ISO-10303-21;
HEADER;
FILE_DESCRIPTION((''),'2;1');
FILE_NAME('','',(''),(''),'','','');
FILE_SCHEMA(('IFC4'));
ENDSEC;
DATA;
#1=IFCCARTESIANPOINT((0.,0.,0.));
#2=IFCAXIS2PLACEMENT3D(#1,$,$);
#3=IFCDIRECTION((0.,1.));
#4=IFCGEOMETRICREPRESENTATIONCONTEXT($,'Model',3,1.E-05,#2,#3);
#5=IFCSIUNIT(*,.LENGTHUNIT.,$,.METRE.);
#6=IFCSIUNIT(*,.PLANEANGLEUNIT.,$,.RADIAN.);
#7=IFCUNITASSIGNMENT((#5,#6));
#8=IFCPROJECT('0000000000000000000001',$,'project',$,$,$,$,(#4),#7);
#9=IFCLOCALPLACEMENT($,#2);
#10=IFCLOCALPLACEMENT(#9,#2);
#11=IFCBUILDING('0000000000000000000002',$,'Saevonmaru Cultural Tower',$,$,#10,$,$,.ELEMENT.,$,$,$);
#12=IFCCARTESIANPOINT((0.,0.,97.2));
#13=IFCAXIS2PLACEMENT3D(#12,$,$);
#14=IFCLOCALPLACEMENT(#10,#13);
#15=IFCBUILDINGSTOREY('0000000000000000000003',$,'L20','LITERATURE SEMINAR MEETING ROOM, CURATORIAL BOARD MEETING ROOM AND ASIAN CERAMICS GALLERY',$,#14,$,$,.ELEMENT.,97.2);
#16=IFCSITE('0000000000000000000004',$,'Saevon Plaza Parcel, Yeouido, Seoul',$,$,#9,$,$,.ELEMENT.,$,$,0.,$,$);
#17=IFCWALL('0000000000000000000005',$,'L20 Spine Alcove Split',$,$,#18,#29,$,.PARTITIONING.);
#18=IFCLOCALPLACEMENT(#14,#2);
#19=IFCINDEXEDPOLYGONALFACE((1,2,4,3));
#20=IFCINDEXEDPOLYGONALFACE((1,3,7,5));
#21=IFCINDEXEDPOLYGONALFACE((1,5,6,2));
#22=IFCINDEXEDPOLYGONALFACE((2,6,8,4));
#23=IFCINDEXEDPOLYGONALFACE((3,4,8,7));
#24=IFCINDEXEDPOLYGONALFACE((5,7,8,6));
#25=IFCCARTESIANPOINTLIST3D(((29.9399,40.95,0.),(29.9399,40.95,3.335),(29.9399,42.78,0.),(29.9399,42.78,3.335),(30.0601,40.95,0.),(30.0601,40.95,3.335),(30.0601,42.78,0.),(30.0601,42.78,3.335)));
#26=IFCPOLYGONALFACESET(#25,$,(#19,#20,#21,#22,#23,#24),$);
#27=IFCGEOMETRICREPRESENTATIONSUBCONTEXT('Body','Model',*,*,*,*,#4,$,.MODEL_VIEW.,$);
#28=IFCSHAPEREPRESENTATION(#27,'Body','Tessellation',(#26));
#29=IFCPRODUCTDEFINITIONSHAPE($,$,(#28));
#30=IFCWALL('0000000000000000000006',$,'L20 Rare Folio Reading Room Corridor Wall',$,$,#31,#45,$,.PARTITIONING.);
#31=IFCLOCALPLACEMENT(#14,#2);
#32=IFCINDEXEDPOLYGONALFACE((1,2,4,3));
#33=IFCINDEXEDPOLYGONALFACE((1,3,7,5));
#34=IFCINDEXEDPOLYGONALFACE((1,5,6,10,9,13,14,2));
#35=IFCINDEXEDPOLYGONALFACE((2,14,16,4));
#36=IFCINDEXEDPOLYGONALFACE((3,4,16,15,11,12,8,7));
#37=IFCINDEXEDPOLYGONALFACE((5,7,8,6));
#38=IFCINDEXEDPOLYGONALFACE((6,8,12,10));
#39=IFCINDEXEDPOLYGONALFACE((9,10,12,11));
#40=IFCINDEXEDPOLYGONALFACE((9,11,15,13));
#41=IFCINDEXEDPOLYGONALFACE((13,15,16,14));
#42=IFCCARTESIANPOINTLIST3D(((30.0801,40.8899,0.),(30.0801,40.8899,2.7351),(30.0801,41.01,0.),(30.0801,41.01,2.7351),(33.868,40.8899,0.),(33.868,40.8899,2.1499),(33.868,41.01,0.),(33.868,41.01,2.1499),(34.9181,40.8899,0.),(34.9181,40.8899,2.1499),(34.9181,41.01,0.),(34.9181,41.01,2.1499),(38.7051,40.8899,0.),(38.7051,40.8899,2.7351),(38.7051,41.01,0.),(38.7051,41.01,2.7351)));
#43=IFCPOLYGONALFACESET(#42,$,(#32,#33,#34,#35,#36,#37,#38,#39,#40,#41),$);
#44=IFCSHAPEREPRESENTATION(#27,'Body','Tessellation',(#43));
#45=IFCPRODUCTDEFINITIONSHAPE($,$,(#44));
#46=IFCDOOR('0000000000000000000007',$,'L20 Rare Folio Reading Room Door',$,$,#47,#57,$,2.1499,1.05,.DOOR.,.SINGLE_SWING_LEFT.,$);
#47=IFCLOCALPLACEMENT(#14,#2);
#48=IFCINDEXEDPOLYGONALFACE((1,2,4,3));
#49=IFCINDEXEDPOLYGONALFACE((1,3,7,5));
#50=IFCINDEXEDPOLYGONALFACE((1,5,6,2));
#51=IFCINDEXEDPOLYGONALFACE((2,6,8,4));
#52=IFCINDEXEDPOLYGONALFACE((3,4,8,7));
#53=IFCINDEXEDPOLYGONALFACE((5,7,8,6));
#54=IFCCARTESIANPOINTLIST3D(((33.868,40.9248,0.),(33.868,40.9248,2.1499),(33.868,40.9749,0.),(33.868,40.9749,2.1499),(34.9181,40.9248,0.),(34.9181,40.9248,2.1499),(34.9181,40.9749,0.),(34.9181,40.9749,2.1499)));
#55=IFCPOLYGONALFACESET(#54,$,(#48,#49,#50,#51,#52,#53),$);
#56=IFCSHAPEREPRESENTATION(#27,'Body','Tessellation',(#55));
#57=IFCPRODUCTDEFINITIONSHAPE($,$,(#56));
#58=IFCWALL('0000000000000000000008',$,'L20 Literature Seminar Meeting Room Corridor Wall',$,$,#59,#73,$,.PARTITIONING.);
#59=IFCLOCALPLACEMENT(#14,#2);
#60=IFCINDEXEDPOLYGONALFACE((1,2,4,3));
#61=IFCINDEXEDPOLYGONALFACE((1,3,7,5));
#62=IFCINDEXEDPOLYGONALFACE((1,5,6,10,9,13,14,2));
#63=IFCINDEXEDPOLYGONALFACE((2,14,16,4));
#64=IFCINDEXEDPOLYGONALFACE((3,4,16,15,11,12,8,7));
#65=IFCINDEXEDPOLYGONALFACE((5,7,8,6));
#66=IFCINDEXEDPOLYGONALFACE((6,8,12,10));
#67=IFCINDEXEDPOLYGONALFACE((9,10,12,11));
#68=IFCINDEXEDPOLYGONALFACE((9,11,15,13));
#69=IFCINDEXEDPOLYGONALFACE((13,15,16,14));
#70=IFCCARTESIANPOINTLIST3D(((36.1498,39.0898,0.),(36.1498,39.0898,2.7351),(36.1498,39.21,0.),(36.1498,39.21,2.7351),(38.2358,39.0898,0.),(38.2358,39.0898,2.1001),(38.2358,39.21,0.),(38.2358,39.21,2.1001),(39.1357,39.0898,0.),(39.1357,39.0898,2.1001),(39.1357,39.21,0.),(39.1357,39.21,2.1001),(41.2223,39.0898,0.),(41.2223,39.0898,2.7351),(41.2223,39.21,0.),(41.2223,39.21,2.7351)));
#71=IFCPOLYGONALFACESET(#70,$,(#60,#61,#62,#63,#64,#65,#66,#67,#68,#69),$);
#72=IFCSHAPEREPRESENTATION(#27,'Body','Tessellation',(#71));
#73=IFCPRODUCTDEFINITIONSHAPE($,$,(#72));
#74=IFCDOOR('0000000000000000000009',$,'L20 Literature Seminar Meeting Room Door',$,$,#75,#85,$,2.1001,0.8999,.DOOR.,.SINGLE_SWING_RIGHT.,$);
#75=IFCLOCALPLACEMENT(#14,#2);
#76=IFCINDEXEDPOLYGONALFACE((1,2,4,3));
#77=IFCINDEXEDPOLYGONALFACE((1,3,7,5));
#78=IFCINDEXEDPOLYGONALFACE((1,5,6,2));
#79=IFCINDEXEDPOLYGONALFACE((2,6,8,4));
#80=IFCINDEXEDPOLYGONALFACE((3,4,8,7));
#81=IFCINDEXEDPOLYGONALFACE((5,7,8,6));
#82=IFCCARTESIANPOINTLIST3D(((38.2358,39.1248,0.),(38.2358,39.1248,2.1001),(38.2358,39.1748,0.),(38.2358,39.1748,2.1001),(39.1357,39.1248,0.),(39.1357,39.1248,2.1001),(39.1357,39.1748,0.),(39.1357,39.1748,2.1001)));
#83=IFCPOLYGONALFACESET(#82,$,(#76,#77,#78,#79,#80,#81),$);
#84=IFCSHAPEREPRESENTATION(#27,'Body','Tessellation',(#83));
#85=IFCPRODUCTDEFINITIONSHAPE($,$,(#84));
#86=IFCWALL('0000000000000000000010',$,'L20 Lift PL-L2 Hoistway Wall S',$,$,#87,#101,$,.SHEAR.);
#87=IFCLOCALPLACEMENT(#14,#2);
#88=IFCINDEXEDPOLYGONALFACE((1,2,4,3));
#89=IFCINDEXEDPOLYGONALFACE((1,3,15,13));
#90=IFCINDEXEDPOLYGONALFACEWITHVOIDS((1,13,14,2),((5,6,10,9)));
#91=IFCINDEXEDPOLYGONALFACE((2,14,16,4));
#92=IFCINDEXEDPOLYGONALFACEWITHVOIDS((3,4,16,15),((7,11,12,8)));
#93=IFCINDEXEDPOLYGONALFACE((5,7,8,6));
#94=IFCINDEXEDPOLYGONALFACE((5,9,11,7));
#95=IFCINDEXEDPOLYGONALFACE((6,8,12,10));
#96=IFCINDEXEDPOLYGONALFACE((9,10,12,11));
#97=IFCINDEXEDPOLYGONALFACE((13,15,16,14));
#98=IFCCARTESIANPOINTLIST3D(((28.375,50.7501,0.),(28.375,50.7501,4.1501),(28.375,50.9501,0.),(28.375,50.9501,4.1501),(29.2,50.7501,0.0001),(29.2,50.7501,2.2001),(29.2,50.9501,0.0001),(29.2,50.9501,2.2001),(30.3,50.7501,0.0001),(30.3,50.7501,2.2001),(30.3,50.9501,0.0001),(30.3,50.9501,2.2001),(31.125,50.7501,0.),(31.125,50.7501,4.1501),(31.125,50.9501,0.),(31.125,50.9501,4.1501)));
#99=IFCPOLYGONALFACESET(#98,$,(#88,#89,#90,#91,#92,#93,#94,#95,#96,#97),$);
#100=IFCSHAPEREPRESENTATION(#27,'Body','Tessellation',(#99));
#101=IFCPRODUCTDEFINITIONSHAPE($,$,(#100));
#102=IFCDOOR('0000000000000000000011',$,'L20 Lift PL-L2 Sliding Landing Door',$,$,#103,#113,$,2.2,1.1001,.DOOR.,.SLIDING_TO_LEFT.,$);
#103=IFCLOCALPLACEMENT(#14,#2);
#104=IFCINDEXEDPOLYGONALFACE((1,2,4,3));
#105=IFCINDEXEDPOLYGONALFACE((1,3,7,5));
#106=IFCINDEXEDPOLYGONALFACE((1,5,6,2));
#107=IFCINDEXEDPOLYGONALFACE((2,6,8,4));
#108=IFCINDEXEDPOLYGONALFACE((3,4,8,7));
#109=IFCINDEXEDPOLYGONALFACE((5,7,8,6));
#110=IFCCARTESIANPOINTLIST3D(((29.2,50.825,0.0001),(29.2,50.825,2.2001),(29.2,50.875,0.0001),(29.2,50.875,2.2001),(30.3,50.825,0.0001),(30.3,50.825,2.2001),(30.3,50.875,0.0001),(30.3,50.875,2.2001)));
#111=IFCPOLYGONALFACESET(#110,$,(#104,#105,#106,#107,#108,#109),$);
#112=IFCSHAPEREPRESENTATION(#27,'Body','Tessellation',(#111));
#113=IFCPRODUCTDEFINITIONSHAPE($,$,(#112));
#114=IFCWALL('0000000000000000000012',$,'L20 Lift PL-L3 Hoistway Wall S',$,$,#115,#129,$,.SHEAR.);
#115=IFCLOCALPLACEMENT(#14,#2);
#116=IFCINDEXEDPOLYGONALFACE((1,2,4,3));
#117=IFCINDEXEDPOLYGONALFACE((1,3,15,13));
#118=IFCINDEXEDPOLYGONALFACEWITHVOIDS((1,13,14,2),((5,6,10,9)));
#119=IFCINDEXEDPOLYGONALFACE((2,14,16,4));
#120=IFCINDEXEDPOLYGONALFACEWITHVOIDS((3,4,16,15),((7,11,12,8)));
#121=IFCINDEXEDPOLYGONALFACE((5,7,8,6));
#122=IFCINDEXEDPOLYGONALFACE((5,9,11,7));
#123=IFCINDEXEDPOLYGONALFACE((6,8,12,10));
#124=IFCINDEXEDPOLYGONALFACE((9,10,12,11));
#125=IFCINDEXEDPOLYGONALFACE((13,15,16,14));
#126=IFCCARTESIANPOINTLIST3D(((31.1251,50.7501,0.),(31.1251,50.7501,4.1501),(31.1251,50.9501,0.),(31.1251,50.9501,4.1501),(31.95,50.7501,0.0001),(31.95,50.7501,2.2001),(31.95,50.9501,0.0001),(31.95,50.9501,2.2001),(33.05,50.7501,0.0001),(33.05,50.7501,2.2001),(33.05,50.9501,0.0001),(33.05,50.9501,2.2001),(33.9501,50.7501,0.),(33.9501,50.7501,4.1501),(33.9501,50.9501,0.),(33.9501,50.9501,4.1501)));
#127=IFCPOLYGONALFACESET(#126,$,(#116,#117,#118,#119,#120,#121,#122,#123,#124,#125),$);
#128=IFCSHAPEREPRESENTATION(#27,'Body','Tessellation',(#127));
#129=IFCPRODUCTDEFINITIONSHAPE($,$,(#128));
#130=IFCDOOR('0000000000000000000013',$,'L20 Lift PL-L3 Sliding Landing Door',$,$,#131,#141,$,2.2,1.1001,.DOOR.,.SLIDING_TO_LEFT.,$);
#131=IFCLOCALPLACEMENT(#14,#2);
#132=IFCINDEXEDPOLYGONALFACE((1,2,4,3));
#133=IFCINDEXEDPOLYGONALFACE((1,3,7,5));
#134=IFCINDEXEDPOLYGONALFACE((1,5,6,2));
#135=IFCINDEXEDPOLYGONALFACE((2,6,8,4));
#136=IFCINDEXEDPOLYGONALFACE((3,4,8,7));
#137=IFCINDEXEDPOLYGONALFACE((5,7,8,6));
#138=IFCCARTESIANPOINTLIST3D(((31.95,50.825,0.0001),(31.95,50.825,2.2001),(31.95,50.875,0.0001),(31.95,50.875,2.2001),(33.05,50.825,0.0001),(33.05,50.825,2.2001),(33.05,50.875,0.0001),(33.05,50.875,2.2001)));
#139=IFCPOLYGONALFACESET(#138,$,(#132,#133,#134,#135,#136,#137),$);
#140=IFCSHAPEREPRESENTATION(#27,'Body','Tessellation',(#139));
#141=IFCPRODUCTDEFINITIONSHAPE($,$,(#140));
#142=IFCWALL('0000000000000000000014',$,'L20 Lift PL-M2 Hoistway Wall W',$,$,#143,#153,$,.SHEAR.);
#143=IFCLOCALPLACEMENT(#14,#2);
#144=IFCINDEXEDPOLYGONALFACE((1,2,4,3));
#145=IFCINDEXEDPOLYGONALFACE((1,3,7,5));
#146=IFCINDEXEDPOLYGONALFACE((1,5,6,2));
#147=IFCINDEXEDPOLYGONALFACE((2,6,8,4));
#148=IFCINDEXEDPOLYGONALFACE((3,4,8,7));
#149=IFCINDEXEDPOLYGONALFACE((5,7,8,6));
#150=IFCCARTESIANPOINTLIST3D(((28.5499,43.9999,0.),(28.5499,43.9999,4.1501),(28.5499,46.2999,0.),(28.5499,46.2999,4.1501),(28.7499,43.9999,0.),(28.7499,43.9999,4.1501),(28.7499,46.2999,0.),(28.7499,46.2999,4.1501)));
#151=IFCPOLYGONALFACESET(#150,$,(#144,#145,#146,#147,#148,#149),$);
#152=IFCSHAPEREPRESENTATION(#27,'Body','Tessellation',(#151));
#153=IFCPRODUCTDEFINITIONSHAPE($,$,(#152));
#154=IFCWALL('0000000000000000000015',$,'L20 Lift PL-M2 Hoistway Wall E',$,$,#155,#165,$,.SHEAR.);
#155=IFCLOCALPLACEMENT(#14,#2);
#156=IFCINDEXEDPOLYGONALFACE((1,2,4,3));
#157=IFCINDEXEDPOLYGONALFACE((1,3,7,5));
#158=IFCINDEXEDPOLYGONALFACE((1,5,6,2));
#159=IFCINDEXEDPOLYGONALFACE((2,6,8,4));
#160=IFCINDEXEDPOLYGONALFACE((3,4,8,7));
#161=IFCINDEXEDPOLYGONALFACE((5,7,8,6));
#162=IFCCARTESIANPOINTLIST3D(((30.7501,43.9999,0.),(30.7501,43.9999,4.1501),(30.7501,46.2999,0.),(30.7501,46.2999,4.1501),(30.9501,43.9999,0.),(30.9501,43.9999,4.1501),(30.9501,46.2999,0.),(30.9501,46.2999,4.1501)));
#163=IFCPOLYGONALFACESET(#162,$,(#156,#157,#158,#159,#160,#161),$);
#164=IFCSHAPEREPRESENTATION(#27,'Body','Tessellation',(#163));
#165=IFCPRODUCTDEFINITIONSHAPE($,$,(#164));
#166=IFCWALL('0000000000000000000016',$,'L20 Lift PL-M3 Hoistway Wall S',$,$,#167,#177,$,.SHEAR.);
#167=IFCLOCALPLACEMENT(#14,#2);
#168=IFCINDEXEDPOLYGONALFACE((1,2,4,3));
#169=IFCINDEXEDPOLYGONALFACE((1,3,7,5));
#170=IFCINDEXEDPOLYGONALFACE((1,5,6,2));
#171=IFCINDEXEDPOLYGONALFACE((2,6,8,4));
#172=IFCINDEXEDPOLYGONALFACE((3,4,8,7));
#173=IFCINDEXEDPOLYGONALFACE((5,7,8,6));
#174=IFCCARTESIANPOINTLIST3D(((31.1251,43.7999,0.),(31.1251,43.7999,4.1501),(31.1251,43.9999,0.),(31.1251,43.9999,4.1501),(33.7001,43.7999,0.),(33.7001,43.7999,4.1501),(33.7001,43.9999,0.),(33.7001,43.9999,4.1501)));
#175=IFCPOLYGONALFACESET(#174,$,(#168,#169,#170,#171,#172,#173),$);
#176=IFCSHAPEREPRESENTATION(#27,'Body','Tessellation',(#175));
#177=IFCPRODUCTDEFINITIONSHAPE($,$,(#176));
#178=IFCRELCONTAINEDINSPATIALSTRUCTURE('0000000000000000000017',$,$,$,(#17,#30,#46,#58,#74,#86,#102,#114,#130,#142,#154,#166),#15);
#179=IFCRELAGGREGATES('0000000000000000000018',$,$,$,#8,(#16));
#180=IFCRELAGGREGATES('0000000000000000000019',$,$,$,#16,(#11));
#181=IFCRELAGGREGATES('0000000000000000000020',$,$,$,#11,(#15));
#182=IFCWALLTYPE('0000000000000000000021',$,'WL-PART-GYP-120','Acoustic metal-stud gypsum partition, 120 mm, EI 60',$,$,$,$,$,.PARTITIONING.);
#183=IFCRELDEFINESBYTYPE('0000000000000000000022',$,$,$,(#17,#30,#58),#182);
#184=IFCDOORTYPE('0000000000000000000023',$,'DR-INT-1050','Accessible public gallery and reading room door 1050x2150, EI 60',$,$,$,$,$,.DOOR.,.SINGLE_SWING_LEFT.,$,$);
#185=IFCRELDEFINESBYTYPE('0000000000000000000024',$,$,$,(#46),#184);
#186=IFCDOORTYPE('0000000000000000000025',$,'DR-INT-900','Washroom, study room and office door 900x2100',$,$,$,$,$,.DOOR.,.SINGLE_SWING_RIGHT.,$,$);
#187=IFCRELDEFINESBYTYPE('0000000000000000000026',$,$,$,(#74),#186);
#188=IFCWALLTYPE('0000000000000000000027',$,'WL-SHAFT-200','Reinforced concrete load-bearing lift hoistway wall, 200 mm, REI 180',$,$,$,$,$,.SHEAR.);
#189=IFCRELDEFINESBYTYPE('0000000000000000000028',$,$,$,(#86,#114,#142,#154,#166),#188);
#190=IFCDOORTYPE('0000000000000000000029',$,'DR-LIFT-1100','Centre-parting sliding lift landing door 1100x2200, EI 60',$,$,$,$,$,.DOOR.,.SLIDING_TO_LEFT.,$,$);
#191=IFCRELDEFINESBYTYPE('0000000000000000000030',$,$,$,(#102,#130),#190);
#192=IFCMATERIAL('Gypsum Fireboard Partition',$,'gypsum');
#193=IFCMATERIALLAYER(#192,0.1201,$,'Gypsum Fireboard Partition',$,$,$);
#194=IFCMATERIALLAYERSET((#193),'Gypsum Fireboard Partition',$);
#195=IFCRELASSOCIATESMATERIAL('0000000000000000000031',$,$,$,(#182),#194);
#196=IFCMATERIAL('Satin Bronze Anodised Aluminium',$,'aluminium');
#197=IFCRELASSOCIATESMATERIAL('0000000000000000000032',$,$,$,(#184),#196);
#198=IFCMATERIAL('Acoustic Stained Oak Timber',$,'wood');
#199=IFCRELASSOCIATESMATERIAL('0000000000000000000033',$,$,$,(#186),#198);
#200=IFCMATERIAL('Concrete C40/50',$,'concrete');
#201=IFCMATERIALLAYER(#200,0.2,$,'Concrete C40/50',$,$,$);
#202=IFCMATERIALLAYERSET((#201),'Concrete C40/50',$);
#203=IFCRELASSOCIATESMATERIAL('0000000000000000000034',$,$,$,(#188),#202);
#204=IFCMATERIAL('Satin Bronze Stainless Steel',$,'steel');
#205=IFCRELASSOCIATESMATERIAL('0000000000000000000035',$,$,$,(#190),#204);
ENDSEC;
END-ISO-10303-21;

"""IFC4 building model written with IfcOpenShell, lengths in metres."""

from ifc_helpers import new_model, si_unit, direction, frame, frame_2d, origin, place, context, subcontext, project, spatial, rectangle, extrude, material, layer, layer_set, type_object, element, fill, save


model = new_model("IFC4")

# Units and contexts
model_context = context("Model", 3, precision=1e-05, world=origin(), true_north=direction((0.0, 1.0)))
body_context = subcontext(model_context, "Body", "Model", "MODEL_VIEW")
ifc_project = project(units=[si_unit("LENGTHUNIT", "METRE"), si_unit("PLANEANGLEUNIT", "RADIAN")], contexts=[model_context])

# Site, building, storey
site_placement = place(None, origin())
site = spatial("IfcSite", under=ifc_project, at=site_placement, Name="Saevon Plaza Parcel, Yeouido, Seoul", CompositionType="ELEMENT", RefElevation=0.0)
building_placement = place(site_placement, origin())
building = spatial("IfcBuilding", under=site, at=building_placement, Name="Saevonmaru Cultural Tower", CompositionType="ELEMENT")
storey_placement = place(building_placement, frame((0.0, 0.0, 97.2)))
storey = spatial("IfcBuildingStorey", under=building, at=storey_placement, Name="L20", Description="LITERATURE SEMINAR MEETING ROOM, CURATORIAL BOARD MEETING ROOM AND ASIAN CERAMICS GALLERY", CompositionType="ELEMENT", Elevation=97.2)

# Wall
ifc_material_1 = material(Name="Gypsum Fireboard Partition", Category="gypsum")
ifc_layer_1 = layer(ifc_material_1, 0.1201, Name="Gypsum Fireboard Partition")
ifc_layer_set_1 = layer_set([ifc_layer_1], Name="Gypsum Fireboard Partition")
wall_type_1 = type_object("IfcWallType", Name="WL-PART-GYP-120", Description="Acoustic metal-stud gypsum partition, 120 mm, EI 60", PredefinedType="PARTITIONING", material=ifc_layer_set_1)
wall_1_placement = place(storey_placement, frame((30.0, 40.95, 0.0), z_axis=(0.0, 0.0, 1.0), x_axis=(0.0, 1.0, 0.0)))
element("IfcWall", 1, at=wall_1_placement, inside=storey, type_object=wall_type_1, Name="L20 Spine Alcove Split", PredefinedType="PARTITIONING", context=body_context, shape_type="SweptSolid", body=[
    extrude(rectangle(XDim=1.8301, YDim=0.1201, at=frame_2d((0.915, 0.0))), origin(), (0.0, 0.0, 1.0), 3.335),
])

# Walls, openings, doors
wall_2_placement = place(storey_placement, frame((30.0801, 40.95, 0.0), z_axis=(0.0, 0.0, 1.0), x_axis=(1.0, 0.0, 0.0)))
wall_2 = element("IfcWall", 2, at=wall_2_placement, inside=storey, type_object=wall_type_1, Name="L20 Rare Folio Reading Room Corridor Wall", PredefinedType="PARTITIONING", context=body_context, shape_type="SweptSolid", body=[
    extrude(rectangle(XDim=8.625, YDim=0.1201, at=frame_2d((4.3125, 0.0))), origin(), (0.0, 0.0, 1.0), 2.7351),
])
opening_1_placement = place(wall_2_placement, frame((3.7881, 0.0, 0.0)))
opening_1 = element("IfcOpeningElement", 3, at=opening_1_placement, cuts=wall_2, PredefinedType="OPENING", context=body_context, shape_type="SweptSolid", body=[
    extrude(rectangle(XDim=1.05, YDim=2.1499, at=frame_2d((0.5249, 1.075))), frame((0.0, 0.0701, 0.0), z_axis=(0.0, -1.0, 0.0), x_axis=(1.0, 0.0, 0.0)), (0.0, 0.0, 1.0), 0.1401),
])
ifc_material_2 = material(Name="Satin Bronze Anodised Aluminium", Category="aluminium")
door_type_1 = type_object("IfcDoorType", Name="DR-INT-1050", Description="Accessible public gallery and reading room door 1050x2150, EI 60", OperationType="SINGLE_SWING_LEFT", PredefinedType="DOOR", material=ifc_material_2)
door_1_placement = place(opening_1_placement, origin())
door_1 = element("IfcDoor", 4, at=door_1_placement, inside=storey, type_object=door_type_1, Name="L20 Rare Folio Reading Room Door", OperationType="SINGLE_SWING_LEFT", OverallHeight=2.1499, OverallWidth=1.05, PredefinedType="DOOR", context=body_context, shape_type="SweptSolid", body=[
    extrude(rectangle(XDim=1.05, YDim=2.1499, at=frame_2d((0.5249, 1.075))), frame((0.0, 0.0249, 0.0), z_axis=(0.0, -1.0, 0.0), x_axis=(1.0, 0.0, 0.0)), (0.0, 0.0, 1.0), 0.05),
])
fill(opening_1, door_1)
wall_3_placement = place(storey_placement, frame((36.1499, 39.1499, 0.0), z_axis=(0.0, 0.0, 1.0), x_axis=(1.0, 0.0, 0.0)))
wall_3 = element("IfcWall", 5, at=wall_3_placement, inside=storey, type_object=wall_type_1, Name="L20 Literature Seminar Meeting Room Corridor Wall", PredefinedType="PARTITIONING", context=body_context, shape_type="SweptSolid", body=[
    extrude(rectangle(XDim=5.0725, YDim=0.1201, at=frame_2d((2.5361, 0.0))), origin(), (0.0, 0.0, 1.0), 2.7351),
])
opening_2_placement = place(wall_3_placement, frame((2.0859, 0.0, 0.0)))
opening_2 = element("IfcOpeningElement", 6, at=opening_2_placement, cuts=wall_3, PredefinedType="OPENING", context=body_context, shape_type="SweptSolid", body=[
    extrude(rectangle(XDim=0.8999, YDim=2.1001, at=frame_2d((0.45, 1.05))), frame((0.0, 0.0701, 0.0), z_axis=(0.0, -1.0, 0.0), x_axis=(1.0, 0.0, 0.0)), (0.0, 0.0, 1.0), 0.1401),
])
ifc_material_3 = material(Name="Acoustic Stained Oak Timber", Category="wood")
door_type_2 = type_object("IfcDoorType", Name="DR-INT-900", Description="Washroom, study room and office door 900x2100", OperationType="SINGLE_SWING_RIGHT", PredefinedType="DOOR", material=ifc_material_3)
door_2_placement = place(opening_2_placement, origin())
door_2 = element("IfcDoor", 7, at=door_2_placement, inside=storey, type_object=door_type_2, Name="L20 Literature Seminar Meeting Room Door", OperationType="SINGLE_SWING_RIGHT", OverallHeight=2.1001, OverallWidth=0.8999, PredefinedType="DOOR", context=body_context, shape_type="SweptSolid", body=[
    extrude(rectangle(XDim=0.8999, YDim=2.1001, at=frame_2d((0.45, 1.05))), frame((0.0, 0.0249, 0.0), z_axis=(0.0, -1.0, 0.0), x_axis=(1.0, 0.0, 0.0)), (0.0, 0.0, 1.0), 0.05),
])
fill(opening_2, door_2)
ifc_material_4 = material(Name="Concrete C40/50", Category="concrete")
ifc_layer_2 = layer(ifc_material_4, 0.2, Name="Concrete C40/50")
ifc_layer_set_2 = layer_set([ifc_layer_2], Name="Concrete C40/50")
wall_type_2 = type_object("IfcWallType", Name="WL-SHAFT-200", Description="Reinforced concrete load-bearing lift hoistway wall, 200 mm, REI 180", PredefinedType="SHEAR", material=ifc_layer_set_2)
wall_4_placement = place(storey_placement, frame((28.375, 50.8501, 0.0), z_axis=(0.0, 0.0, 1.0), x_axis=(1.0, 0.0, 0.0)))
wall_4 = element("IfcWall", 8, at=wall_4_placement, inside=storey, type_object=wall_type_2, Name="L20 Lift PL-L2 Hoistway Wall S", PredefinedType="SHEAR", context=body_context, shape_type="SweptSolid", body=[
    extrude(rectangle(XDim=2.75, YDim=0.2, at=frame_2d((1.375, 0.0))), origin(), (0.0, 0.0, 1.0), 4.1501),
])
opening_3_placement = place(wall_4_placement, frame((0.825, 0.0, 0.0)))
opening_3 = element("IfcOpeningElement", 9, at=opening_3_placement, cuts=wall_4, PredefinedType="OPENING", context=body_context, shape_type="SweptSolid", body=[
    extrude(rectangle(XDim=1.1001, YDim=2.2, at=frame_2d((0.55, 1.1001))), frame((0.0, 0.1099, 0.0), z_axis=(0.0, -1.0, 0.0), x_axis=(1.0, 0.0, 0.0)), (0.0, 0.0, 1.0), 0.22),
])
ifc_material_5 = material(Name="Satin Bronze Stainless Steel", Category="steel")
door_type_3 = type_object("IfcDoorType", Name="DR-LIFT-1100", Description="Centre-parting sliding lift landing door 1100x2200, EI 60", OperationType="SLIDING_TO_LEFT", PredefinedType="DOOR", material=ifc_material_5)
door_3_placement = place(opening_3_placement, origin())
door_3 = element("IfcDoor", 10, at=door_3_placement, inside=storey, type_object=door_type_3, Name="L20 Lift PL-L2 Sliding Landing Door", OperationType="SLIDING_TO_LEFT", OverallHeight=2.2, OverallWidth=1.1001, PredefinedType="DOOR", context=body_context, shape_type="SweptSolid", body=[
    extrude(rectangle(XDim=1.1001, YDim=2.2, at=frame_2d((0.55, 1.1001))), frame((0.0, 0.0249, 0.0), z_axis=(0.0, -1.0, 0.0), x_axis=(1.0, 0.0, 0.0)), (0.0, 0.0, 1.0), 0.05),
])
fill(opening_3, door_3)
wall_5_placement = place(storey_placement, frame((31.125, 50.8501, 0.0), z_axis=(0.0, 0.0, 1.0), x_axis=(1.0, 0.0, 0.0)))
wall_5 = element("IfcWall", 11, at=wall_5_placement, inside=storey, type_object=wall_type_2, Name="L20 Lift PL-L3 Hoistway Wall S", PredefinedType="SHEAR", context=body_context, shape_type="SweptSolid", body=[
    extrude(rectangle(XDim=2.825, YDim=0.2, at=frame_2d((1.4126, 0.0))), origin(), (0.0, 0.0, 1.0), 4.1501),
])
opening_4_placement = place(wall_5_placement, frame((0.825, 0.0, 0.0)))
opening_4 = element("IfcOpeningElement", 12, at=opening_4_placement, cuts=wall_5, PredefinedType="OPENING", context=body_context, shape_type="SweptSolid", body=[
    extrude(rectangle(XDim=1.1001, YDim=2.2, at=frame_2d((0.55, 1.1001))), frame((0.0, 0.1099, 0.0), z_axis=(0.0, -1.0, 0.0), x_axis=(1.0, 0.0, 0.0)), (0.0, 0.0, 1.0), 0.22),
])
door_4_placement = place(opening_4_placement, origin())
door_4 = element("IfcDoor", 13, at=door_4_placement, inside=storey, type_object=door_type_3, Name="L20 Lift PL-L3 Sliding Landing Door", OperationType="SLIDING_TO_LEFT", OverallHeight=2.2, OverallWidth=1.1001, PredefinedType="DOOR", context=body_context, shape_type="SweptSolid", body=[
    extrude(rectangle(XDim=1.1001, YDim=2.2, at=frame_2d((0.55, 1.1001))), frame((0.0, 0.0249, 0.0), z_axis=(0.0, -1.0, 0.0), x_axis=(1.0, 0.0, 0.0)), (0.0, 0.0, 1.0), 0.05),
])
fill(opening_4, door_4)

# Walls
for number, where, z_axis, x_axis, name in (
    (14, (28.6499, 44.0, 0.0), (0.0, 0.0, 1.0), (0.0, 1.0, 0.0), "L20 Lift PL-M2 Hoistway Wall W"),
    (15, (30.8501, 44.0, 0.0), (0.0, 0.0, 1.0), (0.0, 1.0, 0.0), "L20 Lift PL-M2 Hoistway Wall E"),
):
    element("IfcWall", number, at=place(storey_placement, frame(where, z_axis=z_axis, x_axis=x_axis)), inside=storey, type_object=wall_type_2, Name=name, PredefinedType="SHEAR", context=body_context, shape_type="SweptSolid", body=[
        extrude(rectangle(XDim=2.3, YDim=0.2, at=frame_2d((1.1499, 0.0))), origin(), (0.0, 0.0, 1.0), 4.1501),
    ])
for number, where, z_axis, x_axis, name in (
    (16, (31.125, 43.8999, 0.0), (0.0, 0.0, 1.0), (1.0, 0.0, 0.0), "L20 Lift PL-M3 Hoistway Wall S"),
):
    element("IfcWall", number, at=place(storey_placement, frame(where, z_axis=z_axis, x_axis=x_axis)), inside=storey, type_object=wall_type_2, Name=name, PredefinedType="SHEAR", context=body_context, shape_type="SweptSolid", body=[
        extrude(rectangle(XDim=2.575, YDim=0.2, at=frame_2d((1.2876, 0.0))), origin(), (0.0, 0.0, 1.0), 4.1501),
    ])

save(model, "model.ifc")
